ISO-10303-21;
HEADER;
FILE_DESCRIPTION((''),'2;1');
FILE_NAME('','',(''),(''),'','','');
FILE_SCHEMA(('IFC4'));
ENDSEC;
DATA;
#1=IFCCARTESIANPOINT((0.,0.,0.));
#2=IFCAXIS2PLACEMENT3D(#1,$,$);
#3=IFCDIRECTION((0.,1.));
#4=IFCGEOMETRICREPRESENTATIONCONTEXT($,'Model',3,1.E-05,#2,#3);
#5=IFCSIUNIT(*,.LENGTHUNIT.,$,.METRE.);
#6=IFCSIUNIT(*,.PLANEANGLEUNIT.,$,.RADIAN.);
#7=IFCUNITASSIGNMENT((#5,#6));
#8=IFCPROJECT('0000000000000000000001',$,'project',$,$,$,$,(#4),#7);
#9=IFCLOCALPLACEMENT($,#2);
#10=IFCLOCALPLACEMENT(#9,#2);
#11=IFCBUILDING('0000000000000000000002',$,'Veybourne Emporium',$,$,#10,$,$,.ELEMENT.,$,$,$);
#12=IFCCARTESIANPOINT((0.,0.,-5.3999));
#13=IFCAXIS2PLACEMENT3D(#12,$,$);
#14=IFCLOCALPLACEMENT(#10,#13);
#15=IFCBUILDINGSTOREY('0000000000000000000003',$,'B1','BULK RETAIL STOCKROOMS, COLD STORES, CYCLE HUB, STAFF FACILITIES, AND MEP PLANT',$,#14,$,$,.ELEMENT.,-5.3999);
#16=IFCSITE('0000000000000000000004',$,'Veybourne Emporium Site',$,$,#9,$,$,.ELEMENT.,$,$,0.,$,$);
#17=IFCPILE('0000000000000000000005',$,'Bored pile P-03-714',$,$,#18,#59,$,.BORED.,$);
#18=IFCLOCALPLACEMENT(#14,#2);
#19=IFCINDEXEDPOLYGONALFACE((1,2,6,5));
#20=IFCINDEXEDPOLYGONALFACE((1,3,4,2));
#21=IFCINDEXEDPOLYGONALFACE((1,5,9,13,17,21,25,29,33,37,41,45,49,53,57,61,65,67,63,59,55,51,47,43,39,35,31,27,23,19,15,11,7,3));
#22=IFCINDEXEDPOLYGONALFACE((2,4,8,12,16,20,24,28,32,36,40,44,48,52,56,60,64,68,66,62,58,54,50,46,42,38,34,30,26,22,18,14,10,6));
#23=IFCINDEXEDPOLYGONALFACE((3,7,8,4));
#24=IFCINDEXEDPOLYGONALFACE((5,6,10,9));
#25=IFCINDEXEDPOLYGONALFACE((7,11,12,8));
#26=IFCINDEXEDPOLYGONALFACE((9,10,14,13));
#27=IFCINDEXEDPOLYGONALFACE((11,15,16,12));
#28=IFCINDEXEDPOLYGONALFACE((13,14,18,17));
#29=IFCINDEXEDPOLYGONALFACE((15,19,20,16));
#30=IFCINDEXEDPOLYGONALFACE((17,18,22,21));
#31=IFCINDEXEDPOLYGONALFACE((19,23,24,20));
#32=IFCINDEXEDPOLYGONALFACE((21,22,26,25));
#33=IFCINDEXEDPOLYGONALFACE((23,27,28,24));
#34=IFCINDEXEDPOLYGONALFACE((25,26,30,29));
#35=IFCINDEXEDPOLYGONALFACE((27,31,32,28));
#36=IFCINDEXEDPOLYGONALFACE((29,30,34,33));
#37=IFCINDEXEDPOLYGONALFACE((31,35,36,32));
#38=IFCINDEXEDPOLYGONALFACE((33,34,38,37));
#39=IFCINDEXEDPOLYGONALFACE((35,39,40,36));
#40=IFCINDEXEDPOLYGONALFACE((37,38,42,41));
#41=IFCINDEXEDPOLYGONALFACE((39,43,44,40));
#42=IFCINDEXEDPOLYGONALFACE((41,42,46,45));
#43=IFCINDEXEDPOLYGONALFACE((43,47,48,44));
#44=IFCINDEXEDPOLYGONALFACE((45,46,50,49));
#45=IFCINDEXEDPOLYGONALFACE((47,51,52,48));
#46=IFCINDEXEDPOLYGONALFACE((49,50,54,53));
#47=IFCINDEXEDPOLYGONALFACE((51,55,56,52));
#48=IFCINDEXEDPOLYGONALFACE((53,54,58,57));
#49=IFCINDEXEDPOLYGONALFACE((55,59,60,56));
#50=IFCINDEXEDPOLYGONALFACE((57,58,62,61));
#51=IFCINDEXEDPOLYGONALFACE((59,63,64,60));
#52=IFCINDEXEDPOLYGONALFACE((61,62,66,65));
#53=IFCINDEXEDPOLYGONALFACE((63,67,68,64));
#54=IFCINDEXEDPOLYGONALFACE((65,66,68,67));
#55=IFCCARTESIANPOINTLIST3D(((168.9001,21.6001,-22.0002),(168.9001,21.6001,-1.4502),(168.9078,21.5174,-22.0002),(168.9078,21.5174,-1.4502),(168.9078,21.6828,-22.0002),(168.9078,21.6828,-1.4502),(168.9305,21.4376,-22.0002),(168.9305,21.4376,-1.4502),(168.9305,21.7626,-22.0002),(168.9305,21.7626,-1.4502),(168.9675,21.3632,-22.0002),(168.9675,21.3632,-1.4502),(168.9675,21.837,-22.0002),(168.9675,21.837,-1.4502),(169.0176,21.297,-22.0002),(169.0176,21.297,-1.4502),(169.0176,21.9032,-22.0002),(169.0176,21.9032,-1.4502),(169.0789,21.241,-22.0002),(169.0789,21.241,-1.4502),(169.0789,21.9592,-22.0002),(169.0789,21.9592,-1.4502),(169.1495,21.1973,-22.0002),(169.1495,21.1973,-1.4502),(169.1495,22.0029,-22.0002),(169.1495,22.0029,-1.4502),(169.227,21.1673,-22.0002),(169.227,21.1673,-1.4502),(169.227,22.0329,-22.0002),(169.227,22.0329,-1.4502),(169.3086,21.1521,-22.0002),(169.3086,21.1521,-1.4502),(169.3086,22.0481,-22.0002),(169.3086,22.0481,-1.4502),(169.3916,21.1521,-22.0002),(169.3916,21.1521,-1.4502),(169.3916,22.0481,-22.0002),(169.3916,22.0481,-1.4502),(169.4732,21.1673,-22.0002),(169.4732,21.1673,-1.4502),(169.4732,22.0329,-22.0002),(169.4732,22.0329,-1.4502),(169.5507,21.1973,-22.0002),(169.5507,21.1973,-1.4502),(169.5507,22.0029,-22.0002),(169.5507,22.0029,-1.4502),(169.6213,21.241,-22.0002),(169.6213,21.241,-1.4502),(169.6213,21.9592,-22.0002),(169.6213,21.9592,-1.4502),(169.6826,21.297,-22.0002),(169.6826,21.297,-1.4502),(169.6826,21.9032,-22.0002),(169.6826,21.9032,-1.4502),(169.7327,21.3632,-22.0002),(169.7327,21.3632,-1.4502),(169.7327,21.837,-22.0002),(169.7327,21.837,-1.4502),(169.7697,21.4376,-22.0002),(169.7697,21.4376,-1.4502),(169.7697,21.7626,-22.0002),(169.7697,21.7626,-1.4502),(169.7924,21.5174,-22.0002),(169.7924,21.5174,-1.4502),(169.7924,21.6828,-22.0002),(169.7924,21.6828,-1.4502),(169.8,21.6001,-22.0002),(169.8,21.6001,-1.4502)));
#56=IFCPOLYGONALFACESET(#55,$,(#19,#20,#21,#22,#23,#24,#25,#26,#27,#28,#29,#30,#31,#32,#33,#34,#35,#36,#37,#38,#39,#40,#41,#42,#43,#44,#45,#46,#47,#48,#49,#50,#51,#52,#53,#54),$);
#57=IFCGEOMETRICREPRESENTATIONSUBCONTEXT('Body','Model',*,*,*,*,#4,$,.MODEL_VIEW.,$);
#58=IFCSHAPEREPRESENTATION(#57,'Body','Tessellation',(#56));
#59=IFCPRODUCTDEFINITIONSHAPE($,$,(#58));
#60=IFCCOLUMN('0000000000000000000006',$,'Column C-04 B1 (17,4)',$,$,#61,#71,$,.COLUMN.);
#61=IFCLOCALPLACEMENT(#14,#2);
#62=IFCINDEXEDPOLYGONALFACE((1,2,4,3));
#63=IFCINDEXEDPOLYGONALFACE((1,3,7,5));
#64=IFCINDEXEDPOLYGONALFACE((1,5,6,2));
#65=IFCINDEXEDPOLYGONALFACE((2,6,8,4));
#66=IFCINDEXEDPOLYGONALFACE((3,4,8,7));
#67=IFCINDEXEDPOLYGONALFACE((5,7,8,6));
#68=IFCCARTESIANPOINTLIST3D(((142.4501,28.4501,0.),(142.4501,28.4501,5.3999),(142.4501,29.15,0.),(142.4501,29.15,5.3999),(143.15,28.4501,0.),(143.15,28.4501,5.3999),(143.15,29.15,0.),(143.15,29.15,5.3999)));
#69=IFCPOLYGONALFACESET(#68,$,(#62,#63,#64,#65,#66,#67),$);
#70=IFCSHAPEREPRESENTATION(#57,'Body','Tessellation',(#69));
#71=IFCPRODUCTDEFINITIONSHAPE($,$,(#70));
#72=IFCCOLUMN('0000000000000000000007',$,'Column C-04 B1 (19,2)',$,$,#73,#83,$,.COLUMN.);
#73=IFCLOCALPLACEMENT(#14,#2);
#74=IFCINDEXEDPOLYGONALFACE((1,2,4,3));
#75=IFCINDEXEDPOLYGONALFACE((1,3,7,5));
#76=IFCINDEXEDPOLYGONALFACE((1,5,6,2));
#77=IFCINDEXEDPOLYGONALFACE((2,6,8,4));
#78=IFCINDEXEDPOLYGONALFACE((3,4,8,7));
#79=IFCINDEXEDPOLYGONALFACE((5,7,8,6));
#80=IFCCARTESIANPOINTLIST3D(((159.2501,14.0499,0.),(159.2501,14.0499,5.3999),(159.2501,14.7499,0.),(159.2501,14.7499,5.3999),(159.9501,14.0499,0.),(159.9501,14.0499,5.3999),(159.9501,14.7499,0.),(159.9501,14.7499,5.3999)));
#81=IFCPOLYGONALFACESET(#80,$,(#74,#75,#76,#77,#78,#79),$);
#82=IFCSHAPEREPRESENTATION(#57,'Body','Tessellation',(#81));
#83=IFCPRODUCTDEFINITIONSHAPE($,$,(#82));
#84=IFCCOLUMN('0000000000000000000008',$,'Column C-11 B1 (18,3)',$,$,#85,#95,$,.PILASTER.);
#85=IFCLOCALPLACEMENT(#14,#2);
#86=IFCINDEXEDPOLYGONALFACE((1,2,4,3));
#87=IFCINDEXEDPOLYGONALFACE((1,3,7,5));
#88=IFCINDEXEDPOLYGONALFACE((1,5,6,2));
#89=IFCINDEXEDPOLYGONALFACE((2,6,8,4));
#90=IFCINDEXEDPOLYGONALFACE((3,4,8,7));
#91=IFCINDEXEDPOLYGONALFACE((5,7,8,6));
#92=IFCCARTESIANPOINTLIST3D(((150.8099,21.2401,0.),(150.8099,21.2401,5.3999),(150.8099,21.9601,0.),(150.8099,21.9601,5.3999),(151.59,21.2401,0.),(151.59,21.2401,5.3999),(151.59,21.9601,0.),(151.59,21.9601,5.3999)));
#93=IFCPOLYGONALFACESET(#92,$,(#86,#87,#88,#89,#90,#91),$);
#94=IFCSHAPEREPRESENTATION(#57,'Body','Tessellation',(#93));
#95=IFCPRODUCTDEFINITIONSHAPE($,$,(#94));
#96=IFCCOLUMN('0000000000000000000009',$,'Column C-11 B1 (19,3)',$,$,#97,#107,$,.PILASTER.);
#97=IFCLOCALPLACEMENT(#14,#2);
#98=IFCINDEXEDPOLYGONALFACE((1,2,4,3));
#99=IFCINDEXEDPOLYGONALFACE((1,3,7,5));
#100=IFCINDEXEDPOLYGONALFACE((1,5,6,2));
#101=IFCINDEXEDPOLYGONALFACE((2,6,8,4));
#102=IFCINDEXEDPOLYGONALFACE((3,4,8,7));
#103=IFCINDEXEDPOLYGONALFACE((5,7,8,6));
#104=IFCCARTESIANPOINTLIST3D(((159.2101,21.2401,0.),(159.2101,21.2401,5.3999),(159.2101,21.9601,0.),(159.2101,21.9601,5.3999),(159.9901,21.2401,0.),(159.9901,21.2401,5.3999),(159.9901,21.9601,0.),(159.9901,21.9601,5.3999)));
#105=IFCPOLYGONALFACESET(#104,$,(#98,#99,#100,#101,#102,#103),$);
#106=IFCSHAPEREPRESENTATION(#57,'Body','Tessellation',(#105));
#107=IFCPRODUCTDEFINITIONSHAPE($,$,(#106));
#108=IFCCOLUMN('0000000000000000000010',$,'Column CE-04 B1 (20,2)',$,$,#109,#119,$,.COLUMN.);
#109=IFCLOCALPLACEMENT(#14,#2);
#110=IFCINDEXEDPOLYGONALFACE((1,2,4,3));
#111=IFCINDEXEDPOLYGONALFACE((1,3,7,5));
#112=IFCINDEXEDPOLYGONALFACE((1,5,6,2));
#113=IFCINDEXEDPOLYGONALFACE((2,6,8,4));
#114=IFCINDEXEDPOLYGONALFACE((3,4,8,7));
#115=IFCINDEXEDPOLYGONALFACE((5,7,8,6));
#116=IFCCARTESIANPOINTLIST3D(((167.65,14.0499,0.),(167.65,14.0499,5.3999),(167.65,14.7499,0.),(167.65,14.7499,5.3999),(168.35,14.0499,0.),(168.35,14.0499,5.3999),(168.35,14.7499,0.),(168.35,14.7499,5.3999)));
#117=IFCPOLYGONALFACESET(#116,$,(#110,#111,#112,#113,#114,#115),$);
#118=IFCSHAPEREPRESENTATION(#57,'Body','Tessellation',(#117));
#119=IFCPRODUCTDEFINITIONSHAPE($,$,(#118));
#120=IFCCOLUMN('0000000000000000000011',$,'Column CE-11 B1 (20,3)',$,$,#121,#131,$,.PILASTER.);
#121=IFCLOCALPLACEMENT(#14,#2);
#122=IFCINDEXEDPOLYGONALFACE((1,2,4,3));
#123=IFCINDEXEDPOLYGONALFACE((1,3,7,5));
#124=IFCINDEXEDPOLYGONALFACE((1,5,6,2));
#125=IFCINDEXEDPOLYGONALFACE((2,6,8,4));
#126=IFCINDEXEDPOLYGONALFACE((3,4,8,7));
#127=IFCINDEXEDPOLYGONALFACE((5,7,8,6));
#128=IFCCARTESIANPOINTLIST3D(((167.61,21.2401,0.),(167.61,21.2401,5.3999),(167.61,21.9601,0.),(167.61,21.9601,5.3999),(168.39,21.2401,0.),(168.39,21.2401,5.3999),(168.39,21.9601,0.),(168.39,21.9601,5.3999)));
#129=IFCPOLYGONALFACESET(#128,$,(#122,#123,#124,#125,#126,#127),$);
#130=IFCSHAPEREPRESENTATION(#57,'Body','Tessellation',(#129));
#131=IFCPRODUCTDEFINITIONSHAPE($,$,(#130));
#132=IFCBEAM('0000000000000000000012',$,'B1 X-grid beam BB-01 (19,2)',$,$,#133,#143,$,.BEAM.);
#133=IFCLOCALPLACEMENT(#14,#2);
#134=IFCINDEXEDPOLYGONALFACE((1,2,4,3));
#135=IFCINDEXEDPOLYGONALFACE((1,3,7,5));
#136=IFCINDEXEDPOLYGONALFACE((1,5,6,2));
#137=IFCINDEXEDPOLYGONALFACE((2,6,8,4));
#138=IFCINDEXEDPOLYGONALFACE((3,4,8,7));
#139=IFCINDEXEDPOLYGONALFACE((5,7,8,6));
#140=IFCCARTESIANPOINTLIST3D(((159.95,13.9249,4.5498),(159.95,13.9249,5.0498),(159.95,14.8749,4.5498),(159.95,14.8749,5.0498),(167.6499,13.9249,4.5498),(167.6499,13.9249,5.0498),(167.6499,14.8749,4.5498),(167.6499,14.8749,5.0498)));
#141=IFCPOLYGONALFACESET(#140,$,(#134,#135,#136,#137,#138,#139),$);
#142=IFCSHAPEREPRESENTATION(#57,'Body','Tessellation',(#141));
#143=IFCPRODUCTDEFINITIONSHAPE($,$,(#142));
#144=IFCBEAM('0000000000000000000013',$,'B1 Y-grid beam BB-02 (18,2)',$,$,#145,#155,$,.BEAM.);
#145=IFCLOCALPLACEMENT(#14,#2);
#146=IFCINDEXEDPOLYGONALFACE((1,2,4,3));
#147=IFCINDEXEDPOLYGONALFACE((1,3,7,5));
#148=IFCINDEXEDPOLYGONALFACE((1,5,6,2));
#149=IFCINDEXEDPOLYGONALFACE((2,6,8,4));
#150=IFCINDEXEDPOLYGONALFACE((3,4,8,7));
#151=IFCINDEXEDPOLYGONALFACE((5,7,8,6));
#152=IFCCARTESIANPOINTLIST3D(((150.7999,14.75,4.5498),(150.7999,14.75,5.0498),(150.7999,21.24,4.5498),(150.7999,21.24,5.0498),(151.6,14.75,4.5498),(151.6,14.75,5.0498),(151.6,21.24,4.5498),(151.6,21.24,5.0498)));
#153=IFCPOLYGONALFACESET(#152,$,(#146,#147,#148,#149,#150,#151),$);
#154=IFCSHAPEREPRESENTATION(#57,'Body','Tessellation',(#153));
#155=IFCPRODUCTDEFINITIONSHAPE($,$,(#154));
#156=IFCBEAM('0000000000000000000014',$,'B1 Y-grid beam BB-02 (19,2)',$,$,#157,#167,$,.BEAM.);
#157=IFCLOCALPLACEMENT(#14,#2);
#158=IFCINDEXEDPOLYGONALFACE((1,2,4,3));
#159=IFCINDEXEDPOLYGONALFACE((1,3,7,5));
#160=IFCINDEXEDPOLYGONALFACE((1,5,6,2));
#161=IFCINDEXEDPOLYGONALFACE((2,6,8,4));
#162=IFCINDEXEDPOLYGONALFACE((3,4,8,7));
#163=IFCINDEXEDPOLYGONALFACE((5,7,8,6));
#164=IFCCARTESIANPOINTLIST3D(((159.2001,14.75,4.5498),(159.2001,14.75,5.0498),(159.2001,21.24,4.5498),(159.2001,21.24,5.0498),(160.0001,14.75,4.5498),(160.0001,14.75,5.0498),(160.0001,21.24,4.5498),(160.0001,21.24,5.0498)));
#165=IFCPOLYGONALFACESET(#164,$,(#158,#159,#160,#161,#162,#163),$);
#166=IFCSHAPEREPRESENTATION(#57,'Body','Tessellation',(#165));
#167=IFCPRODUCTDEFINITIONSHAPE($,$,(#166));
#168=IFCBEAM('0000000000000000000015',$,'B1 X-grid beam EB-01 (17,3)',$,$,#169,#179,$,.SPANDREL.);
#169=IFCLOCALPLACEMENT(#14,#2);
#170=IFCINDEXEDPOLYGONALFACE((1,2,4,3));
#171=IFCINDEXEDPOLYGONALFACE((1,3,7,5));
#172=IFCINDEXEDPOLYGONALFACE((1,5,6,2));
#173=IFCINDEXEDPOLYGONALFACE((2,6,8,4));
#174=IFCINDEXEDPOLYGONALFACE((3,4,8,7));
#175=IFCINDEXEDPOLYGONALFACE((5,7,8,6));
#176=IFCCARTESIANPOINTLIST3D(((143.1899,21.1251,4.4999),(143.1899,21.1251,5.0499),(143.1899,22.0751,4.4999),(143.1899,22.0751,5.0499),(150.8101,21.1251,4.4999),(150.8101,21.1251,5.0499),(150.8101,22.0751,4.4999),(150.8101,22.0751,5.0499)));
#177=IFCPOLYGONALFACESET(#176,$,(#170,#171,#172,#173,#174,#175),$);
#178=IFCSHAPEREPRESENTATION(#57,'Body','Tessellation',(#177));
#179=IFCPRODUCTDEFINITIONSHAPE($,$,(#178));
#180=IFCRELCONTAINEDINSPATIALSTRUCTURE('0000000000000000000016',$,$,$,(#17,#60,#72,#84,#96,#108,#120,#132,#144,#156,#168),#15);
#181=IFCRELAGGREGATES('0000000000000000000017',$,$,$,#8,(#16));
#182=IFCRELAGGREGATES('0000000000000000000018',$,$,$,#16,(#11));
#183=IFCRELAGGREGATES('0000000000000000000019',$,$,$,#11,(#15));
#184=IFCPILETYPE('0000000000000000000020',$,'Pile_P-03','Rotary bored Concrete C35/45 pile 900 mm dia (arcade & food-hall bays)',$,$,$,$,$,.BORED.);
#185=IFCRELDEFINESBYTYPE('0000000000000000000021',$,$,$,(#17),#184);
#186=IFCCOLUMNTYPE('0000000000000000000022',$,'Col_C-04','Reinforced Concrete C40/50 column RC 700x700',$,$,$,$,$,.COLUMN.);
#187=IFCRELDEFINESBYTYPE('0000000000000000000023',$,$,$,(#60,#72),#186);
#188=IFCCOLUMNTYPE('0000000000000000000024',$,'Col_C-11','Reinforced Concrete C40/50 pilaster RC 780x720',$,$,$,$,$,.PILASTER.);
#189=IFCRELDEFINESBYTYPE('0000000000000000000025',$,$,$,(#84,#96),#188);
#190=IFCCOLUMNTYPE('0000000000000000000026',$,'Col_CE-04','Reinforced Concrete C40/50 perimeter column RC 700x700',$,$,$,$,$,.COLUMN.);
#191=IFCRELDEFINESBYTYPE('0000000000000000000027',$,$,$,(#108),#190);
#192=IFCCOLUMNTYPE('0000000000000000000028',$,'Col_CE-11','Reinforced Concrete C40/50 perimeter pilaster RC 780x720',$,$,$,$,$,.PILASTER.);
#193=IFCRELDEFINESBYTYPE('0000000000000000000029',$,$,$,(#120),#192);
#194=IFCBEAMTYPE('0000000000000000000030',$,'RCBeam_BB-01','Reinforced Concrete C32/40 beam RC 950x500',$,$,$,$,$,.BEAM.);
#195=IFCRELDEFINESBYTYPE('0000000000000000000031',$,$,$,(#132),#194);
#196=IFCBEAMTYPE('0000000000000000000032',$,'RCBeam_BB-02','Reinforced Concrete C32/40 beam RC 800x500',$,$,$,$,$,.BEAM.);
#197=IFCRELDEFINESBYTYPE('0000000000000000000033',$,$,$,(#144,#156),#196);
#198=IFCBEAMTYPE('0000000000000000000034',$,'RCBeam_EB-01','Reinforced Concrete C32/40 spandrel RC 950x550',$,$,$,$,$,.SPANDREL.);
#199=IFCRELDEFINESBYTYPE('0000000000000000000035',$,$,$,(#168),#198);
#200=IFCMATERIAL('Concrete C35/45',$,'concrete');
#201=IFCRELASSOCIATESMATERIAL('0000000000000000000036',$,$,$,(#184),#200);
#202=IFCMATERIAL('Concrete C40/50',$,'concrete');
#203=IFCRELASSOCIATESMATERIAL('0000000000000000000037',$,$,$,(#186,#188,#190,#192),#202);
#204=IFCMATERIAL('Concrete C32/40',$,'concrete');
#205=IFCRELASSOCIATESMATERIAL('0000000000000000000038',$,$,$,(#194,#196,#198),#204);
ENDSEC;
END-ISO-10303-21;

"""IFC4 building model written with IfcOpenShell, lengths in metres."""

from ifc_helpers import new_model, si_unit, direction, frame, origin, origin_2d, place, context, subcontext, project, spatial, rectangle, circle, extrude, material, material_profile, profile_set, type_object, element, save


model = new_model("IFC4")

# Units and contexts
model_context = context("Model", 3, precision=1e-05, world=origin(), true_north=direction((0.0, 1.0)))
body_context = subcontext(model_context, "Body", "Model", "MODEL_VIEW")
ifc_project = project(units=[si_unit("LENGTHUNIT", "METRE"), si_unit("PLANEANGLEUNIT", "RADIAN")], contexts=[model_context])

# Site, building, storey
site_placement = place(None, origin())
site = spatial("IfcSite", under=ifc_project, at=site_placement, Name="Veybourne Emporium Site", CompositionType="ELEMENT", RefElevation=0.0)
building_placement = place(site_placement, origin())
building = spatial("IfcBuilding", under=site, at=building_placement, Name="Veybourne Emporium", CompositionType="ELEMENT")
storey_placement = place(building_placement, frame((0.0, 0.0, -5.3999)))
storey = spatial("IfcBuildingStorey", under=building, at=storey_placement, Name="B1", Description="BULK RETAIL STOCKROOMS, COLD STORES, CYCLE HUB, STAFF FACILITIES, AND MEP PLANT", CompositionType="ELEMENT", Elevation=-5.3999)

# Shared definitions
ifc_material_1 = material(Name="Concrete C35/45", Category="concrete")

# Pile
ifc_material_profile_1 = material_profile(ifc_material_1, circle(Radius=0.45, at=origin_2d()), Name="BORED PILE 900")
ifc_profile_set_1 = profile_set([ifc_material_profile_1], Name="Concrete C35/45")
pile_type = type_object("IfcPileType", Name="Pile_P-03", Description="Rotary bored Concrete C35/45 pile 900 mm dia (arcade & food-hall bays)", PredefinedType="BORED", material=ifc_profile_set_1)
for number, where, z_axis, x_axis, name in (
    (1, (169.3501, 21.6001, -1.4502), (0.0, 0.0, -1.0), (1.0, 0.0, 0.0), "Bored pile P-03-714"),
):
    element("IfcPile", number, at=place(storey_placement, frame(where, z_axis=z_axis, x_axis=x_axis)), inside=storey, type_object=pile_type, Name=name, PredefinedType="BORED", context=body_context, shape_type="SweptSolid", body=[
        extrude(circle(Radius=0.45, at=origin_2d()), origin(), (0.0, 0.0, 1.0), 20.55),
    ])

# Columns
ifc_material_2 = material(Name="Concrete C40/50", Category="concrete")
ifc_material_profile_2 = material_profile(ifc_material_2, rectangle(XDim=0.7, YDim=0.7, at=origin_2d()), Name="RC 700x700")
ifc_profile_set_2 = profile_set([ifc_material_profile_2], Name="Concrete C40/50")
column_type_1 = type_object("IfcColumnType", Name="Col_C-04", Description="Reinforced Concrete C40/50 column RC 700x700", PredefinedType="COLUMN", material=ifc_profile_set_2)
for number, where, z_axis, x_axis, name in (
    (2, (142.8, 28.8, 0.0), (0.0, 0.0, 1.0), (1.0, 0.0, 0.0), "Column C-04 B1 (17,4)"),
    (3, (159.6001, 14.3999, 0.0), (0.0, 0.0, 1.0), (1.0, 0.0, 0.0), "Column C-04 B1 (19,2)"),
):
    element("IfcColumn", number, at=place(storey_placement, frame(where, z_axis=z_axis, x_axis=x_axis)), inside=storey, type_object=column_type_1, Name=name, PredefinedType="COLUMN", context=body_context, shape_type="SweptSolid", body=[
        extrude(rectangle(XDim=0.7, YDim=0.7, at=origin_2d()), origin(), (0.0, 0.0, 1.0), 5.3999),
    ])
ifc_material_profile_3 = material_profile(ifc_material_2, rectangle(XDim=0.78, YDim=0.72, at=origin_2d()), Name="RC 780x720")
ifc_profile_set_3 = profile_set([ifc_material_profile_3], Name="Concrete C40/50")
column_type_2 = type_object("IfcColumnType", Name="Col_C-11", Description="Reinforced Concrete C40/50 pilaster RC 780x720", PredefinedType="PILASTER", material=ifc_profile_set_3)
for number, where, z_axis, x_axis, name in (
    (4, (151.2, 21.6001, 0.0), (0.0, 0.0, 1.0), (1.0, 0.0, 0.0), "Column C-11 B1 (18,3)"),
    (5, (159.6001, 21.6001, 0.0), (0.0, 0.0, 1.0), (1.0, 0.0, 0.0), "Column C-11 B1 (19,3)"),
):
    element("IfcColumn", number, at=place(storey_placement, frame(where, z_axis=z_axis, x_axis=x_axis)), inside=storey, type_object=column_type_2, Name=name, PredefinedType="PILASTER", context=body_context, shape_type="SweptSolid", body=[
        extrude(rectangle(XDim=0.78, YDim=0.72, at=origin_2d()), origin(), (0.0, 0.0, 1.0), 5.3999),
    ])
ifc_material_profile_4 = material_profile(ifc_material_2, rectangle(XDim=0.7, YDim=0.7, at=origin_2d()), Name="RC 700x700")
ifc_profile_set_4 = profile_set([ifc_material_profile_4], Name="Concrete C40/50")
column_type_3 = type_object("IfcColumnType", Name="Col_CE-04", Description="Reinforced Concrete C40/50 perimeter column RC 700x700", PredefinedType="COLUMN", material=ifc_profile_set_4)
column_1_placement = place(storey_placement, frame((168.0, 14.3999, 0.0), z_axis=(0.0, 0.0, 1.0), x_axis=(1.0, 0.0, 0.0)))
element("IfcColumn", 6, at=column_1_placement, inside=storey, type_object=column_type_3, Name="Column CE-04 B1 (20,2)", PredefinedType="COLUMN", context=body_context, shape_type="SweptSolid", body=[
    extrude(rectangle(XDim=0.7, YDim=0.7, at=origin_2d()), origin(), (0.0, 0.0, 1.0), 5.3999),
])
ifc_material_profile_5 = material_profile(ifc_material_2, rectangle(XDim=0.78, YDim=0.72, at=origin_2d()), Name="RC 780x720")
ifc_profile_set_5 = profile_set([ifc_material_profile_5], Name="Concrete C40/50")
column_type_4 = type_object("IfcColumnType", Name="Col_CE-11", Description="Reinforced Concrete C40/50 perimeter pilaster RC 780x720", PredefinedType="PILASTER", material=ifc_profile_set_5)
column_2_placement = place(storey_placement, frame((168.0, 21.6001, 0.0), z_axis=(0.0, 0.0, 1.0), x_axis=(1.0, 0.0, 0.0)))
element("IfcColumn", 7, at=column_2_placement, inside=storey, type_object=column_type_4, Name="Column CE-11 B1 (20,3)", PredefinedType="PILASTER", context=body_context, shape_type="SweptSolid", body=[
    extrude(rectangle(XDim=0.78, YDim=0.72, at=origin_2d()), origin(), (0.0, 0.0, 1.0), 5.3999),
])

# Beams
ifc_material_3 = material(Name="Concrete C32/40", Category="concrete")
ifc_material_profile_6 = material_profile(ifc_material_3, rectangle(XDim=0.95, YDim=0.5, at=origin_2d()), Name="RC 950x500")
ifc_profile_set_6 = profile_set([ifc_material_profile_6], Name="Concrete C32/40")
beam_type_1 = type_object("IfcBeamType", Name="RCBeam_BB-01", Description="Reinforced Concrete C32/40 beam RC 950x500", PredefinedType="BEAM", material=ifc_profile_set_6)
beam_1_placement = place(storey_placement, frame((159.95, 14.3999, 4.7998), z_axis=(1.0, 0.0, 0.0), x_axis=(0.0, 1.0, 0.0)))
element("IfcBeam", 8, at=beam_1_placement, inside=storey, type_object=beam_type_1, Name="B1 X-grid beam BB-01 (19,2)", PredefinedType="BEAM", context=body_context, shape_type="SweptSolid", body=[
    extrude(rectangle(XDim=0.95, YDim=0.5, at=origin_2d()), origin(), (0.0, 0.0, 1.0), 7.7),
])
ifc_material_profile_7 = material_profile(ifc_material_3, rectangle(XDim=0.8, YDim=0.5, at=origin_2d()), Name="RC 800x500")
ifc_profile_set_7 = profile_set([ifc_material_profile_7], Name="Concrete C32/40")
beam_type_2 = type_object("IfcBeamType", Name="RCBeam_BB-02", Description="Reinforced Concrete C32/40 beam RC 800x500", PredefinedType="BEAM", material=ifc_profile_set_7)
for number, where, z_axis, x_axis, name in (
    (9, (151.2, 14.75, 4.7998), (0.0, 1.0, 0.0), (-1.0, 0.0, 0.0), "B1 Y-grid beam BB-02 (18,2)"),
    (10, (159.6001, 14.75, 4.7998), (0.0, 1.0, 0.0), (-1.0, 0.0, 0.0), "B1 Y-grid beam BB-02 (19,2)"),
):
    element("IfcBeam", number, at=place(storey_placement, frame(where, z_axis=z_axis, x_axis=x_axis)), inside=storey, type_object=beam_type_2, Name=name, PredefinedType="BEAM", context=body_context, shape_type="SweptSolid", body=[
        extrude(rectangle(XDim=0.8, YDim=0.5, at=origin_2d()), origin(), (0.0, 0.0, 1.0), 6.49),
    ])
ifc_material_profile_8 = material_profile(ifc_material_3, rectangle(XDim=0.95, YDim=0.55, at=origin_2d()), Name="RC 950x550")
ifc_profile_set_8 = profile_set([ifc_material_profile_8], Name="Concrete C32/40")
beam_type_3 = type_object("IfcBeamType", Name="RCBeam_EB-01", Description="Reinforced Concrete C32/40 spandrel RC 950x550", PredefinedType="SPANDREL", material=ifc_profile_set_8)
beam_2_placement = place(storey_placement, frame((143.1899, 21.6001, 4.7749), z_axis=(1.0, 0.0, 0.0), x_axis=(0.0, 1.0, 0.0)))
element("IfcBeam", 11, at=beam_2_placement, inside=storey, type_object=beam_type_3, Name="B1 X-grid beam EB-01 (17,3)", PredefinedType="SPANDREL", context=body_context, shape_type="SweptSolid", body=[
    extrude(rectangle(XDim=0.95, YDim=0.55, at=origin_2d()), origin(), (0.0, 0.0, 1.0), 7.6201),
])

save(model, "model.ifc")
